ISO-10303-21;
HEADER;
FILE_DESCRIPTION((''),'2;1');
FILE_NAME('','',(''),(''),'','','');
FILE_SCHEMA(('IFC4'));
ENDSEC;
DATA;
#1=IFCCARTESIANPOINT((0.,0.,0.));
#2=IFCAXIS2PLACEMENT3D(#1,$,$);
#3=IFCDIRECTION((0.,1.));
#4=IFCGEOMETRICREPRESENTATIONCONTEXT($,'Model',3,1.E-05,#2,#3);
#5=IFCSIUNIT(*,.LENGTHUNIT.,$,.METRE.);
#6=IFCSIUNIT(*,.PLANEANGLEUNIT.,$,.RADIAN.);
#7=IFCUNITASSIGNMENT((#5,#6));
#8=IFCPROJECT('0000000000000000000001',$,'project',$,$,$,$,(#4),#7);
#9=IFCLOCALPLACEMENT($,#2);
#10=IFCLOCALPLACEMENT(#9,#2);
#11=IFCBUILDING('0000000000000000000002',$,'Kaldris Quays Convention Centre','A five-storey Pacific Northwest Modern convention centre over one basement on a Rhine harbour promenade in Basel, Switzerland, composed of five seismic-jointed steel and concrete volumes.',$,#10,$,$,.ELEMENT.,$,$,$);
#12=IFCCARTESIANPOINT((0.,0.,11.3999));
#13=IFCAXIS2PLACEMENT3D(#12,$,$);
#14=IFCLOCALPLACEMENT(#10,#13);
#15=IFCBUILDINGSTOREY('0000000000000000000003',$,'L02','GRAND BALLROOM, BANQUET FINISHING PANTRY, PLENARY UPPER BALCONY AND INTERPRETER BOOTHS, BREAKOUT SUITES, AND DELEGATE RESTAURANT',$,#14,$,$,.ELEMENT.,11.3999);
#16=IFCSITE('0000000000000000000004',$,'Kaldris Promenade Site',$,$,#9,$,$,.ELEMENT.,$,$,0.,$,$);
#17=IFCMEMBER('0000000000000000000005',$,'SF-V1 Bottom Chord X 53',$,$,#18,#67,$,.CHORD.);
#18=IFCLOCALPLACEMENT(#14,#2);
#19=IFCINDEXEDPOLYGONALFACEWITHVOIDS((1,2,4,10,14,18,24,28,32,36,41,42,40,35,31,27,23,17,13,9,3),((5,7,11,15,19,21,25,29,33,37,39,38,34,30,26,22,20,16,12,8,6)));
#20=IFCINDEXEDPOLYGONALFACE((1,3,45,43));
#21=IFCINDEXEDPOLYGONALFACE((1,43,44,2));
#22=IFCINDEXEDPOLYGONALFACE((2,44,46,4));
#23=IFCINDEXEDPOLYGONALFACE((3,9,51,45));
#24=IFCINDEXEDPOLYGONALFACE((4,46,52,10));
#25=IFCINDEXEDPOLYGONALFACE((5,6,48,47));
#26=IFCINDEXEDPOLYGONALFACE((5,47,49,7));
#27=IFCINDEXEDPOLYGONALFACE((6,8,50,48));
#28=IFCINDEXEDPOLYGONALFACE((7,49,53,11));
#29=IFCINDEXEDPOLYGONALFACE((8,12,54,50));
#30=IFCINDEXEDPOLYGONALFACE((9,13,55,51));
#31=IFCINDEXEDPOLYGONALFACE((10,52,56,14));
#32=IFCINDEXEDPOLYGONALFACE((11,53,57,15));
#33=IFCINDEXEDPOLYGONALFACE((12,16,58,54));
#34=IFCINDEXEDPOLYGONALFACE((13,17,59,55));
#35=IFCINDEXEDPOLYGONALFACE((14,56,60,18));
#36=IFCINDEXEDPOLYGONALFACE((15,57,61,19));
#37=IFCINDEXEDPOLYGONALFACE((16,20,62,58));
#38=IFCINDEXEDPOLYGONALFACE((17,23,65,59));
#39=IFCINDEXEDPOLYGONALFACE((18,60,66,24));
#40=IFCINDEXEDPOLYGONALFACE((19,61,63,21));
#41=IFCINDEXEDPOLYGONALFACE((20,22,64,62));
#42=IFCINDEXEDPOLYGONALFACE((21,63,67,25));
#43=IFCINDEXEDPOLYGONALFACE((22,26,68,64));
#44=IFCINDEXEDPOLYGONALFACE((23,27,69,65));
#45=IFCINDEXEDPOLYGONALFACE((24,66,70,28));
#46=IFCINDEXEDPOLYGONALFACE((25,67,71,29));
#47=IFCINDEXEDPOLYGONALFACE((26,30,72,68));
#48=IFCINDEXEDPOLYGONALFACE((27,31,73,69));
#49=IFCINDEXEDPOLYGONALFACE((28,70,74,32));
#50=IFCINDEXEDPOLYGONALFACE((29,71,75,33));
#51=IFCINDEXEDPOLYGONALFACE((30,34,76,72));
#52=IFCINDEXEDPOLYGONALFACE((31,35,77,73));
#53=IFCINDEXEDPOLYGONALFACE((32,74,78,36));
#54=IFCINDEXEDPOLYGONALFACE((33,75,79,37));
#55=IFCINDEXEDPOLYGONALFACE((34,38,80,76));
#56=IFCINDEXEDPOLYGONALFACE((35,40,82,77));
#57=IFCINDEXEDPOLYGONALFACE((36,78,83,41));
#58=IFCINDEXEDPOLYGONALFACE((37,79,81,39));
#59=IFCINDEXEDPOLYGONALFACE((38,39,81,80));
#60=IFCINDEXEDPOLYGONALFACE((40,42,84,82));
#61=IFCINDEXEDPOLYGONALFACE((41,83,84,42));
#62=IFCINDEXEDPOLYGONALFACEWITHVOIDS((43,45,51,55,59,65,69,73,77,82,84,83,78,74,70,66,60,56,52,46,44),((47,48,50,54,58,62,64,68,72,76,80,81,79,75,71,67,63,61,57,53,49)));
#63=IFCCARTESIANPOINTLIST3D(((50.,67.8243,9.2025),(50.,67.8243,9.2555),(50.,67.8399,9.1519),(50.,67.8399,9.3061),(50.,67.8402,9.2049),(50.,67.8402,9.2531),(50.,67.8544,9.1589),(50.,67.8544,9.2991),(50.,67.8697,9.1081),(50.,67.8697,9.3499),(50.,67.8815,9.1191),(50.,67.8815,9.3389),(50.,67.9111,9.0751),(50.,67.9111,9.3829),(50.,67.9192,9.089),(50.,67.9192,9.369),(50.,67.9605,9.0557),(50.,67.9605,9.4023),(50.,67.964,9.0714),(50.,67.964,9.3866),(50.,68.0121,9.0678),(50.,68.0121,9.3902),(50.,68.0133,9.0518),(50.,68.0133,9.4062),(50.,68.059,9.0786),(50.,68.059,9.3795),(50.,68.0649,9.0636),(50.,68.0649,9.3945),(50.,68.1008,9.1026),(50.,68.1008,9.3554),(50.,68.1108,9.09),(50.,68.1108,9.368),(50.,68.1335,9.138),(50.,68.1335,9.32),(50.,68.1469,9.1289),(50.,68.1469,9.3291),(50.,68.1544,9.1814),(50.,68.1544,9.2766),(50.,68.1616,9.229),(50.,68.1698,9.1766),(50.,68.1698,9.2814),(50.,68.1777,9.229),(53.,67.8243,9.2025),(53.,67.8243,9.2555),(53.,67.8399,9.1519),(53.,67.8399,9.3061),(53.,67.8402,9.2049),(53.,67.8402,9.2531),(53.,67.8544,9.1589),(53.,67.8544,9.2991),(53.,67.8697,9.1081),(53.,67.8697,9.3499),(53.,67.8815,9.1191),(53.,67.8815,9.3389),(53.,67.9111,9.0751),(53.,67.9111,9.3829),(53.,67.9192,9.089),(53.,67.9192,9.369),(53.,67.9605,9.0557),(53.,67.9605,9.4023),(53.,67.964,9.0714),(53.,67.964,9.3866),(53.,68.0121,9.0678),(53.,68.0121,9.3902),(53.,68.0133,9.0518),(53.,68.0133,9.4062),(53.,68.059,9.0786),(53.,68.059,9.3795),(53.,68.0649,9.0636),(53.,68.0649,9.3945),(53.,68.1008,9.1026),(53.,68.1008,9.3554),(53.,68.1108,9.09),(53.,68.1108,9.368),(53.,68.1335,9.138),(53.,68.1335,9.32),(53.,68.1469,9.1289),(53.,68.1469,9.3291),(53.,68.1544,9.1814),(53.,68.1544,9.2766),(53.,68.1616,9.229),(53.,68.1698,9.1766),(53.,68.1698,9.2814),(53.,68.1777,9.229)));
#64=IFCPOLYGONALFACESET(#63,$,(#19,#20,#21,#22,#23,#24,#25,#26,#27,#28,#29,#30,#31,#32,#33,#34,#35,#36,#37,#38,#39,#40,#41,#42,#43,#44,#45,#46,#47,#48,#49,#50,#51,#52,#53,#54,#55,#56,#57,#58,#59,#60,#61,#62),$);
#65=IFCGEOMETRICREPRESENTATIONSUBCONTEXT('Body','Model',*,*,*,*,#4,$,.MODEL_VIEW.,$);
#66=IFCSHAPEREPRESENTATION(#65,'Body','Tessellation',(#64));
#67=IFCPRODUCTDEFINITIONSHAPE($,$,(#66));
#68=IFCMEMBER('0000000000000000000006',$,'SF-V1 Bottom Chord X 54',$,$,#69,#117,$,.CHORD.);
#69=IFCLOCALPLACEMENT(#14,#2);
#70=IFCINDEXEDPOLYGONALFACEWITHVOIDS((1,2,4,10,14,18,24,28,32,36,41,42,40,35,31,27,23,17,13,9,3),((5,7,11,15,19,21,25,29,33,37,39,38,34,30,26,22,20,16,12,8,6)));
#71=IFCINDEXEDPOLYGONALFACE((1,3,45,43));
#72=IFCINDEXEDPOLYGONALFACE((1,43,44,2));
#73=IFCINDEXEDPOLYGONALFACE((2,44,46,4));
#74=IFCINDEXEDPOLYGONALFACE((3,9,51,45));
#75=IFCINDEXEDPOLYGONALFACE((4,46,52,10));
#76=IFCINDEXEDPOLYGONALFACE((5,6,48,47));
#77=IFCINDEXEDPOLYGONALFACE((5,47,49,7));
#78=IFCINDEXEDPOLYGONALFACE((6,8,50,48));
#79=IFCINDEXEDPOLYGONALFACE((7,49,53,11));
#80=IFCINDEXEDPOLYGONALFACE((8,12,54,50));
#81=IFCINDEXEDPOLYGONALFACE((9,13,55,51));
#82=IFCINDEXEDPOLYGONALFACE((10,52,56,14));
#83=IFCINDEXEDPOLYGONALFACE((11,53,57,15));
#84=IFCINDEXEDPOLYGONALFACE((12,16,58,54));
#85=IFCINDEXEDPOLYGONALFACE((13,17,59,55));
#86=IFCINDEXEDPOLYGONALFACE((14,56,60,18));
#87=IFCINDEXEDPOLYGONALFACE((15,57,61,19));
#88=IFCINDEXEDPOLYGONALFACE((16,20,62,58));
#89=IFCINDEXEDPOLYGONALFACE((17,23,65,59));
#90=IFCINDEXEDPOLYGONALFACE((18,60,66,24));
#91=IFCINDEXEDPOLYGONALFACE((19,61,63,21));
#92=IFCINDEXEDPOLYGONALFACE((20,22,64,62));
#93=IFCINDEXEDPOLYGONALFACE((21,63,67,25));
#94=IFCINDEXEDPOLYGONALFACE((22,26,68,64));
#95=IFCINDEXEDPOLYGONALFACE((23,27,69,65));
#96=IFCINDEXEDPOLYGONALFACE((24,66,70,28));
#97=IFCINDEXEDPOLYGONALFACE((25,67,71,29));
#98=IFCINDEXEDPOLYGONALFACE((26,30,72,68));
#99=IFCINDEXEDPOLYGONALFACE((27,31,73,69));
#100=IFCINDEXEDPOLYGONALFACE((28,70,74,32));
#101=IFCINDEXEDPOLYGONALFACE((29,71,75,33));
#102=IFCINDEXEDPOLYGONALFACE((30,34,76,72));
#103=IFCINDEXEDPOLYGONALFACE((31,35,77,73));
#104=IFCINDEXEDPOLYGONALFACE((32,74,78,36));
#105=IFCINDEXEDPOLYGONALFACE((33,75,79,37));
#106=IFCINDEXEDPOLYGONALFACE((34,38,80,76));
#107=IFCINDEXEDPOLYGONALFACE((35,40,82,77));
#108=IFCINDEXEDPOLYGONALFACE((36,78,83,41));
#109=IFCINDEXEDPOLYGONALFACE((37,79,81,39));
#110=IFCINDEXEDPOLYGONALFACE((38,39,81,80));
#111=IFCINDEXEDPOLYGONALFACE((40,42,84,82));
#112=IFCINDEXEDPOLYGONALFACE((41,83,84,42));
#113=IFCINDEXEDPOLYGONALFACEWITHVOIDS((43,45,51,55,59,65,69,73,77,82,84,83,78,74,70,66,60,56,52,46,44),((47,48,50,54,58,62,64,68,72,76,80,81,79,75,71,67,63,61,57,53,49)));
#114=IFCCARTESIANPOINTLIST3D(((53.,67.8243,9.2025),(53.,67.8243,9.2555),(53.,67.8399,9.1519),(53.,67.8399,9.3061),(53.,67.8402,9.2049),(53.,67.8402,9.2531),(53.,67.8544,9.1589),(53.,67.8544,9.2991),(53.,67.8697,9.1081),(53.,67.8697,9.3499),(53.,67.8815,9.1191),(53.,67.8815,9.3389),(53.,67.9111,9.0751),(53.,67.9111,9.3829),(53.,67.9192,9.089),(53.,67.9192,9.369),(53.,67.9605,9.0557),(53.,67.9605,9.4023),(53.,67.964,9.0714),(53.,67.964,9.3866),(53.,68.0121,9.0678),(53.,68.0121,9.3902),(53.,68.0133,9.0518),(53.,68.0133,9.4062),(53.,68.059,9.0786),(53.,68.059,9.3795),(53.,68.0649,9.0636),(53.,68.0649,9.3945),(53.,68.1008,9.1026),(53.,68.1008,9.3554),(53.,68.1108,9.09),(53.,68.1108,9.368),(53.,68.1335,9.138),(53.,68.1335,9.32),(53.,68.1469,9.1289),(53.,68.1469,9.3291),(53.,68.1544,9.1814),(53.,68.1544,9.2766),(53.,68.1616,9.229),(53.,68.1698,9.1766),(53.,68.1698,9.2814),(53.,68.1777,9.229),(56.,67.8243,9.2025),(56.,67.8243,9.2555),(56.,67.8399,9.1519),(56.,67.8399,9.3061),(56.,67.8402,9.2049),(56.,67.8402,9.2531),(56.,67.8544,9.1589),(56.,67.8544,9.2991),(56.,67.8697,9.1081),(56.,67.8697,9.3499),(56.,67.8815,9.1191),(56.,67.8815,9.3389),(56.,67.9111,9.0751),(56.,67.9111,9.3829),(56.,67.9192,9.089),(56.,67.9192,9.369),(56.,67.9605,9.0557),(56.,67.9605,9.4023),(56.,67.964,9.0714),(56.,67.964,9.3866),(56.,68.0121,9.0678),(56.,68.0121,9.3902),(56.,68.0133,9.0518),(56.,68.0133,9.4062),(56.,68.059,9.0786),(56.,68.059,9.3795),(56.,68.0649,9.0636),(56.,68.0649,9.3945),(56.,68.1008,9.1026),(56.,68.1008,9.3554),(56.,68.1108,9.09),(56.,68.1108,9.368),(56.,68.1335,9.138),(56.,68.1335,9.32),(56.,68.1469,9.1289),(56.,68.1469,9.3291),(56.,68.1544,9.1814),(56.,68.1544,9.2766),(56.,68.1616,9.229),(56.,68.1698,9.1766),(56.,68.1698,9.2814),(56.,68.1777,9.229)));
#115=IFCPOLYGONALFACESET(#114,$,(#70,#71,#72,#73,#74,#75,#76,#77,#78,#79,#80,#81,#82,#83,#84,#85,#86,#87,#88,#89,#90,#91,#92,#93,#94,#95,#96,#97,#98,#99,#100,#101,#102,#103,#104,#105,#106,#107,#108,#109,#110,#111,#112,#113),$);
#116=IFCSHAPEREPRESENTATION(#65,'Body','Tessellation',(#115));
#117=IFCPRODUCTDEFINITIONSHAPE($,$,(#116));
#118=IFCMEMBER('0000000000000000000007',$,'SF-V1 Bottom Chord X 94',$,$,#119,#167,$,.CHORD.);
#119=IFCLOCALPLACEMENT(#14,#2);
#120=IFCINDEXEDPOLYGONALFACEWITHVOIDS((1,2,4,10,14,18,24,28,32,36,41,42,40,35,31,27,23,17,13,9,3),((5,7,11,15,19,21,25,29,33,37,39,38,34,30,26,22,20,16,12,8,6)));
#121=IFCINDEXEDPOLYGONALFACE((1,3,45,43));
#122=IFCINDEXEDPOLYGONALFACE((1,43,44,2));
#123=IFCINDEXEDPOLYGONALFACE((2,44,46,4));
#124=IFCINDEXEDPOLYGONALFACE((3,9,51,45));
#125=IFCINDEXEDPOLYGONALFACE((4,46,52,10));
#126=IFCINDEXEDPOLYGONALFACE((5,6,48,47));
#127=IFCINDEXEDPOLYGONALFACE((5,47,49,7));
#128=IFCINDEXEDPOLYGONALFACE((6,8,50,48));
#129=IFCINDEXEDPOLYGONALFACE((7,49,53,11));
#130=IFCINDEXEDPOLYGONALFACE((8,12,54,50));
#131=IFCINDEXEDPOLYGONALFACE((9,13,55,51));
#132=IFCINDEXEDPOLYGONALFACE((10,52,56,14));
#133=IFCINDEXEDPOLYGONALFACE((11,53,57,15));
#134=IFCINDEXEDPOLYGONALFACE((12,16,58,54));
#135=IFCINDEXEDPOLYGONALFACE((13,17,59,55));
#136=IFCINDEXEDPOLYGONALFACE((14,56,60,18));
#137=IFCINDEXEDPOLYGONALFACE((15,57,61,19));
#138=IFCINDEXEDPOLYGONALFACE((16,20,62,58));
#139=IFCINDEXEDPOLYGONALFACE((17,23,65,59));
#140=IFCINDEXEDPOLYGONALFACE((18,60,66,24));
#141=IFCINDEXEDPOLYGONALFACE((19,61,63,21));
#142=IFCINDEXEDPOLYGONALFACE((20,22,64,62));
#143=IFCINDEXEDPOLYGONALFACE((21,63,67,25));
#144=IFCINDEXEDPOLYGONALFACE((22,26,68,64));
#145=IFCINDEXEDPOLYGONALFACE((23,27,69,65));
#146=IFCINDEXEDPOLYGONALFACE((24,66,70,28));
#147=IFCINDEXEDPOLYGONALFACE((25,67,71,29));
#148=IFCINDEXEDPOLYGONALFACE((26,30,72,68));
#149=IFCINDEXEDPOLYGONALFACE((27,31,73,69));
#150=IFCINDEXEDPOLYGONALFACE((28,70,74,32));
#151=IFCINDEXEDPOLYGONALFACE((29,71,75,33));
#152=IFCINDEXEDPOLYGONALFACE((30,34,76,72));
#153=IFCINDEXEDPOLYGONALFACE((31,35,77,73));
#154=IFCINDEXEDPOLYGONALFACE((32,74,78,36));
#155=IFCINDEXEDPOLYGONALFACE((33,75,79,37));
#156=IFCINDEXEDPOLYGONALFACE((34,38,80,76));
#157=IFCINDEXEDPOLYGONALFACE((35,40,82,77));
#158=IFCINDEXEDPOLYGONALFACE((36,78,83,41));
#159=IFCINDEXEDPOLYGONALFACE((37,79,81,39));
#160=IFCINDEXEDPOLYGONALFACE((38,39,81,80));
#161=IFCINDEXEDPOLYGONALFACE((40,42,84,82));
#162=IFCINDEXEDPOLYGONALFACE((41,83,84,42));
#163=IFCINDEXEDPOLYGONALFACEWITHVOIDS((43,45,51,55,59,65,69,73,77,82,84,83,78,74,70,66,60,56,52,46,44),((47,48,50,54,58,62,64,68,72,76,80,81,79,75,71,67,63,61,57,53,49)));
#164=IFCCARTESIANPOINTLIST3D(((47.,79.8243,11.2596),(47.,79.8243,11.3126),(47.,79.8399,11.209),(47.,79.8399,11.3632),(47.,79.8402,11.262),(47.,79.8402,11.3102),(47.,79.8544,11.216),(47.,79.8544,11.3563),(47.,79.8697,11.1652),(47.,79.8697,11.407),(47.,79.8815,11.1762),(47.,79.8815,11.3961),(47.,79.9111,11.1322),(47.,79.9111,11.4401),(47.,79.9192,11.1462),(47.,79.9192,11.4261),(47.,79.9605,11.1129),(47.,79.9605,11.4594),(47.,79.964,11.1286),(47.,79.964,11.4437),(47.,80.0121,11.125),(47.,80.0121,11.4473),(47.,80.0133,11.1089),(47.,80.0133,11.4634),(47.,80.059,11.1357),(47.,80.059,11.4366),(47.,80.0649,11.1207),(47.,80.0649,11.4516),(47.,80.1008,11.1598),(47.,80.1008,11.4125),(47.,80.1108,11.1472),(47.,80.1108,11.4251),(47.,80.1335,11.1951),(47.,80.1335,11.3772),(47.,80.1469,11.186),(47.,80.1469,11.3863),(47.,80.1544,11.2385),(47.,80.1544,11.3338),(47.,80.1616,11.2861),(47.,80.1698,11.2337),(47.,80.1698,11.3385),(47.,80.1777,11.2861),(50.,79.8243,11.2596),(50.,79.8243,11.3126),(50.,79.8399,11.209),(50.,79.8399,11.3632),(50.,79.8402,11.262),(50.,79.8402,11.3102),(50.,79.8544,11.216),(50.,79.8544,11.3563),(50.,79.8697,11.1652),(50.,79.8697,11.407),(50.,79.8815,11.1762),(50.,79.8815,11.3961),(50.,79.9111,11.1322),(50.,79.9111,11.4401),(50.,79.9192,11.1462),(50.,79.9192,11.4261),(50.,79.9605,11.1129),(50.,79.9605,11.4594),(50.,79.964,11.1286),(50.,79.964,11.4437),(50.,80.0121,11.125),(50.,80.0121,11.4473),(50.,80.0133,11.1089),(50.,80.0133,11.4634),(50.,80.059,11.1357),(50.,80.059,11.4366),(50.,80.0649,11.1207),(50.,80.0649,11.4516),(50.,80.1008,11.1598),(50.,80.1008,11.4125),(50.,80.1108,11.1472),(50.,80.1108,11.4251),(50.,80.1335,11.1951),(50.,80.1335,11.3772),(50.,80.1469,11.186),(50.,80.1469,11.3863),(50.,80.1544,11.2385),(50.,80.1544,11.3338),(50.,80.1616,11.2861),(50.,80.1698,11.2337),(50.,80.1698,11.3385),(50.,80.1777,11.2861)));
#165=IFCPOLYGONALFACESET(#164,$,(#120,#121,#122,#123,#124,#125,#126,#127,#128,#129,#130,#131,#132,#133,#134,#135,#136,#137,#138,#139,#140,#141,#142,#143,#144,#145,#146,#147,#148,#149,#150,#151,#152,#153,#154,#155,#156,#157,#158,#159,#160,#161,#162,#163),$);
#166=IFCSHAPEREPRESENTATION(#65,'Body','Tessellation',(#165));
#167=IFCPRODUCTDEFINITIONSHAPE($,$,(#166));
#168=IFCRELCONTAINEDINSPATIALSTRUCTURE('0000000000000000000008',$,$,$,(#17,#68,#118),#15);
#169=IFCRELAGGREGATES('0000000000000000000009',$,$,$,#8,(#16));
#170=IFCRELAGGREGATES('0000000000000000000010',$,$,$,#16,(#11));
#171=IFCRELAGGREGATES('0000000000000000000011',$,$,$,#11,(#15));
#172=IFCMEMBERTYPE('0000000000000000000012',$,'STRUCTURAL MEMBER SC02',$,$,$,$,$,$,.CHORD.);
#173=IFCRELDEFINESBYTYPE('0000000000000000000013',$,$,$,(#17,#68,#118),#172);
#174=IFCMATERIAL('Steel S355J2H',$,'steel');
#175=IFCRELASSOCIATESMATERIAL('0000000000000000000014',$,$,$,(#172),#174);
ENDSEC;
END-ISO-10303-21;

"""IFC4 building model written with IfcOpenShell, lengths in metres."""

from ifc_helpers import new_model, si_unit, direction, frame, origin, origin_2d, place, context, subcontext, project, spatial, hollow_circle, extrude, material, material_profile, profile_set, type_object, element, save


model = new_model("IFC4")

# Units and contexts
model_context = context("Model", 3, precision=1e-05, world=origin(), true_north=direction((0.0, 1.0)))
body_context = subcontext(model_context, "Body", "Model", "MODEL_VIEW")
ifc_project = project(units=[si_unit("LENGTHUNIT", "METRE"), si_unit("PLANEANGLEUNIT", "RADIAN")], contexts=[model_context])

# Site, building, storey
site_placement = place(None, origin())
site = spatial("IfcSite", under=ifc_project, at=site_placement, Name="Kaldris Promenade Site", CompositionType="ELEMENT", RefElevation=0.0)
building_placement = place(site_placement, origin())
building = spatial("IfcBuilding", under=site, at=building_placement, Name="Kaldris Quays Convention Centre", Description="A five-storey Pacific Northwest Modern convention centre over one basement on a Rhine harbour promenade in Basel, Switzerland, composed of five seismic-jointed steel and concrete volumes.", CompositionType="ELEMENT")
storey_placement = place(building_placement, frame((0.0, 0.0, 11.3999)))
storey = spatial("IfcBuildingStorey", under=building, at=storey_placement, Name="L02", Description="GRAND BALLROOM, BANQUET FINISHING PANTRY, PLENARY UPPER BALCONY AND INTERPRETER BOOTHS, BREAKOUT SUITES, AND DELEGATE RESTAURANT", CompositionType="ELEMENT", Elevation=11.3999)

# Members
ifc_material_1 = material(Name="Steel S355J2H", Category="steel")
ifc_material_profile_1 = material_profile(ifc_material_1, hollow_circle(Radius=0.1777, WallThickness=0.0161, at=origin_2d()), Name="CHS 355.6x16")
ifc_profile_set_1 = profile_set([ifc_material_profile_1], Name="Steel S355J2H")
member_type_1 = type_object("IfcMemberType", Name="STRUCTURAL MEMBER SC02", PredefinedType="CHORD", material=ifc_profile_set_1)
for number, where, z_axis, x_axis, name in (
    (1, (50.0, 68.0, 9.229), (1.0, 0.0, 0.0), (0.0, 1.0, 0.0), "SF-V1 Bottom Chord X 53"),
    (2, (53.0, 68.0, 9.229), (1.0, 0.0, 0.0), (0.0, 1.0, 0.0), "SF-V1 Bottom Chord X 54"),
    (3, (47.0, 80.0, 11.2861), (1.0, 0.0, 0.0), (0.0, 1.0, 0.0), "SF-V1 Bottom Chord X 94"),
):
    element("IfcMember", number, at=place(storey_placement, frame(where, z_axis=z_axis, x_axis=x_axis)), inside=storey, type_object=member_type_1, Name=name, PredefinedType="CHORD", context=body_context, shape_type="SweptSolid", body=[
        extrude(hollow_circle(Radius=0.1777, WallThickness=0.0161, at=origin_2d()), origin(), (0.0, 0.0, 1.0), 3.0),
    ])

save(model, "model.ifc")
